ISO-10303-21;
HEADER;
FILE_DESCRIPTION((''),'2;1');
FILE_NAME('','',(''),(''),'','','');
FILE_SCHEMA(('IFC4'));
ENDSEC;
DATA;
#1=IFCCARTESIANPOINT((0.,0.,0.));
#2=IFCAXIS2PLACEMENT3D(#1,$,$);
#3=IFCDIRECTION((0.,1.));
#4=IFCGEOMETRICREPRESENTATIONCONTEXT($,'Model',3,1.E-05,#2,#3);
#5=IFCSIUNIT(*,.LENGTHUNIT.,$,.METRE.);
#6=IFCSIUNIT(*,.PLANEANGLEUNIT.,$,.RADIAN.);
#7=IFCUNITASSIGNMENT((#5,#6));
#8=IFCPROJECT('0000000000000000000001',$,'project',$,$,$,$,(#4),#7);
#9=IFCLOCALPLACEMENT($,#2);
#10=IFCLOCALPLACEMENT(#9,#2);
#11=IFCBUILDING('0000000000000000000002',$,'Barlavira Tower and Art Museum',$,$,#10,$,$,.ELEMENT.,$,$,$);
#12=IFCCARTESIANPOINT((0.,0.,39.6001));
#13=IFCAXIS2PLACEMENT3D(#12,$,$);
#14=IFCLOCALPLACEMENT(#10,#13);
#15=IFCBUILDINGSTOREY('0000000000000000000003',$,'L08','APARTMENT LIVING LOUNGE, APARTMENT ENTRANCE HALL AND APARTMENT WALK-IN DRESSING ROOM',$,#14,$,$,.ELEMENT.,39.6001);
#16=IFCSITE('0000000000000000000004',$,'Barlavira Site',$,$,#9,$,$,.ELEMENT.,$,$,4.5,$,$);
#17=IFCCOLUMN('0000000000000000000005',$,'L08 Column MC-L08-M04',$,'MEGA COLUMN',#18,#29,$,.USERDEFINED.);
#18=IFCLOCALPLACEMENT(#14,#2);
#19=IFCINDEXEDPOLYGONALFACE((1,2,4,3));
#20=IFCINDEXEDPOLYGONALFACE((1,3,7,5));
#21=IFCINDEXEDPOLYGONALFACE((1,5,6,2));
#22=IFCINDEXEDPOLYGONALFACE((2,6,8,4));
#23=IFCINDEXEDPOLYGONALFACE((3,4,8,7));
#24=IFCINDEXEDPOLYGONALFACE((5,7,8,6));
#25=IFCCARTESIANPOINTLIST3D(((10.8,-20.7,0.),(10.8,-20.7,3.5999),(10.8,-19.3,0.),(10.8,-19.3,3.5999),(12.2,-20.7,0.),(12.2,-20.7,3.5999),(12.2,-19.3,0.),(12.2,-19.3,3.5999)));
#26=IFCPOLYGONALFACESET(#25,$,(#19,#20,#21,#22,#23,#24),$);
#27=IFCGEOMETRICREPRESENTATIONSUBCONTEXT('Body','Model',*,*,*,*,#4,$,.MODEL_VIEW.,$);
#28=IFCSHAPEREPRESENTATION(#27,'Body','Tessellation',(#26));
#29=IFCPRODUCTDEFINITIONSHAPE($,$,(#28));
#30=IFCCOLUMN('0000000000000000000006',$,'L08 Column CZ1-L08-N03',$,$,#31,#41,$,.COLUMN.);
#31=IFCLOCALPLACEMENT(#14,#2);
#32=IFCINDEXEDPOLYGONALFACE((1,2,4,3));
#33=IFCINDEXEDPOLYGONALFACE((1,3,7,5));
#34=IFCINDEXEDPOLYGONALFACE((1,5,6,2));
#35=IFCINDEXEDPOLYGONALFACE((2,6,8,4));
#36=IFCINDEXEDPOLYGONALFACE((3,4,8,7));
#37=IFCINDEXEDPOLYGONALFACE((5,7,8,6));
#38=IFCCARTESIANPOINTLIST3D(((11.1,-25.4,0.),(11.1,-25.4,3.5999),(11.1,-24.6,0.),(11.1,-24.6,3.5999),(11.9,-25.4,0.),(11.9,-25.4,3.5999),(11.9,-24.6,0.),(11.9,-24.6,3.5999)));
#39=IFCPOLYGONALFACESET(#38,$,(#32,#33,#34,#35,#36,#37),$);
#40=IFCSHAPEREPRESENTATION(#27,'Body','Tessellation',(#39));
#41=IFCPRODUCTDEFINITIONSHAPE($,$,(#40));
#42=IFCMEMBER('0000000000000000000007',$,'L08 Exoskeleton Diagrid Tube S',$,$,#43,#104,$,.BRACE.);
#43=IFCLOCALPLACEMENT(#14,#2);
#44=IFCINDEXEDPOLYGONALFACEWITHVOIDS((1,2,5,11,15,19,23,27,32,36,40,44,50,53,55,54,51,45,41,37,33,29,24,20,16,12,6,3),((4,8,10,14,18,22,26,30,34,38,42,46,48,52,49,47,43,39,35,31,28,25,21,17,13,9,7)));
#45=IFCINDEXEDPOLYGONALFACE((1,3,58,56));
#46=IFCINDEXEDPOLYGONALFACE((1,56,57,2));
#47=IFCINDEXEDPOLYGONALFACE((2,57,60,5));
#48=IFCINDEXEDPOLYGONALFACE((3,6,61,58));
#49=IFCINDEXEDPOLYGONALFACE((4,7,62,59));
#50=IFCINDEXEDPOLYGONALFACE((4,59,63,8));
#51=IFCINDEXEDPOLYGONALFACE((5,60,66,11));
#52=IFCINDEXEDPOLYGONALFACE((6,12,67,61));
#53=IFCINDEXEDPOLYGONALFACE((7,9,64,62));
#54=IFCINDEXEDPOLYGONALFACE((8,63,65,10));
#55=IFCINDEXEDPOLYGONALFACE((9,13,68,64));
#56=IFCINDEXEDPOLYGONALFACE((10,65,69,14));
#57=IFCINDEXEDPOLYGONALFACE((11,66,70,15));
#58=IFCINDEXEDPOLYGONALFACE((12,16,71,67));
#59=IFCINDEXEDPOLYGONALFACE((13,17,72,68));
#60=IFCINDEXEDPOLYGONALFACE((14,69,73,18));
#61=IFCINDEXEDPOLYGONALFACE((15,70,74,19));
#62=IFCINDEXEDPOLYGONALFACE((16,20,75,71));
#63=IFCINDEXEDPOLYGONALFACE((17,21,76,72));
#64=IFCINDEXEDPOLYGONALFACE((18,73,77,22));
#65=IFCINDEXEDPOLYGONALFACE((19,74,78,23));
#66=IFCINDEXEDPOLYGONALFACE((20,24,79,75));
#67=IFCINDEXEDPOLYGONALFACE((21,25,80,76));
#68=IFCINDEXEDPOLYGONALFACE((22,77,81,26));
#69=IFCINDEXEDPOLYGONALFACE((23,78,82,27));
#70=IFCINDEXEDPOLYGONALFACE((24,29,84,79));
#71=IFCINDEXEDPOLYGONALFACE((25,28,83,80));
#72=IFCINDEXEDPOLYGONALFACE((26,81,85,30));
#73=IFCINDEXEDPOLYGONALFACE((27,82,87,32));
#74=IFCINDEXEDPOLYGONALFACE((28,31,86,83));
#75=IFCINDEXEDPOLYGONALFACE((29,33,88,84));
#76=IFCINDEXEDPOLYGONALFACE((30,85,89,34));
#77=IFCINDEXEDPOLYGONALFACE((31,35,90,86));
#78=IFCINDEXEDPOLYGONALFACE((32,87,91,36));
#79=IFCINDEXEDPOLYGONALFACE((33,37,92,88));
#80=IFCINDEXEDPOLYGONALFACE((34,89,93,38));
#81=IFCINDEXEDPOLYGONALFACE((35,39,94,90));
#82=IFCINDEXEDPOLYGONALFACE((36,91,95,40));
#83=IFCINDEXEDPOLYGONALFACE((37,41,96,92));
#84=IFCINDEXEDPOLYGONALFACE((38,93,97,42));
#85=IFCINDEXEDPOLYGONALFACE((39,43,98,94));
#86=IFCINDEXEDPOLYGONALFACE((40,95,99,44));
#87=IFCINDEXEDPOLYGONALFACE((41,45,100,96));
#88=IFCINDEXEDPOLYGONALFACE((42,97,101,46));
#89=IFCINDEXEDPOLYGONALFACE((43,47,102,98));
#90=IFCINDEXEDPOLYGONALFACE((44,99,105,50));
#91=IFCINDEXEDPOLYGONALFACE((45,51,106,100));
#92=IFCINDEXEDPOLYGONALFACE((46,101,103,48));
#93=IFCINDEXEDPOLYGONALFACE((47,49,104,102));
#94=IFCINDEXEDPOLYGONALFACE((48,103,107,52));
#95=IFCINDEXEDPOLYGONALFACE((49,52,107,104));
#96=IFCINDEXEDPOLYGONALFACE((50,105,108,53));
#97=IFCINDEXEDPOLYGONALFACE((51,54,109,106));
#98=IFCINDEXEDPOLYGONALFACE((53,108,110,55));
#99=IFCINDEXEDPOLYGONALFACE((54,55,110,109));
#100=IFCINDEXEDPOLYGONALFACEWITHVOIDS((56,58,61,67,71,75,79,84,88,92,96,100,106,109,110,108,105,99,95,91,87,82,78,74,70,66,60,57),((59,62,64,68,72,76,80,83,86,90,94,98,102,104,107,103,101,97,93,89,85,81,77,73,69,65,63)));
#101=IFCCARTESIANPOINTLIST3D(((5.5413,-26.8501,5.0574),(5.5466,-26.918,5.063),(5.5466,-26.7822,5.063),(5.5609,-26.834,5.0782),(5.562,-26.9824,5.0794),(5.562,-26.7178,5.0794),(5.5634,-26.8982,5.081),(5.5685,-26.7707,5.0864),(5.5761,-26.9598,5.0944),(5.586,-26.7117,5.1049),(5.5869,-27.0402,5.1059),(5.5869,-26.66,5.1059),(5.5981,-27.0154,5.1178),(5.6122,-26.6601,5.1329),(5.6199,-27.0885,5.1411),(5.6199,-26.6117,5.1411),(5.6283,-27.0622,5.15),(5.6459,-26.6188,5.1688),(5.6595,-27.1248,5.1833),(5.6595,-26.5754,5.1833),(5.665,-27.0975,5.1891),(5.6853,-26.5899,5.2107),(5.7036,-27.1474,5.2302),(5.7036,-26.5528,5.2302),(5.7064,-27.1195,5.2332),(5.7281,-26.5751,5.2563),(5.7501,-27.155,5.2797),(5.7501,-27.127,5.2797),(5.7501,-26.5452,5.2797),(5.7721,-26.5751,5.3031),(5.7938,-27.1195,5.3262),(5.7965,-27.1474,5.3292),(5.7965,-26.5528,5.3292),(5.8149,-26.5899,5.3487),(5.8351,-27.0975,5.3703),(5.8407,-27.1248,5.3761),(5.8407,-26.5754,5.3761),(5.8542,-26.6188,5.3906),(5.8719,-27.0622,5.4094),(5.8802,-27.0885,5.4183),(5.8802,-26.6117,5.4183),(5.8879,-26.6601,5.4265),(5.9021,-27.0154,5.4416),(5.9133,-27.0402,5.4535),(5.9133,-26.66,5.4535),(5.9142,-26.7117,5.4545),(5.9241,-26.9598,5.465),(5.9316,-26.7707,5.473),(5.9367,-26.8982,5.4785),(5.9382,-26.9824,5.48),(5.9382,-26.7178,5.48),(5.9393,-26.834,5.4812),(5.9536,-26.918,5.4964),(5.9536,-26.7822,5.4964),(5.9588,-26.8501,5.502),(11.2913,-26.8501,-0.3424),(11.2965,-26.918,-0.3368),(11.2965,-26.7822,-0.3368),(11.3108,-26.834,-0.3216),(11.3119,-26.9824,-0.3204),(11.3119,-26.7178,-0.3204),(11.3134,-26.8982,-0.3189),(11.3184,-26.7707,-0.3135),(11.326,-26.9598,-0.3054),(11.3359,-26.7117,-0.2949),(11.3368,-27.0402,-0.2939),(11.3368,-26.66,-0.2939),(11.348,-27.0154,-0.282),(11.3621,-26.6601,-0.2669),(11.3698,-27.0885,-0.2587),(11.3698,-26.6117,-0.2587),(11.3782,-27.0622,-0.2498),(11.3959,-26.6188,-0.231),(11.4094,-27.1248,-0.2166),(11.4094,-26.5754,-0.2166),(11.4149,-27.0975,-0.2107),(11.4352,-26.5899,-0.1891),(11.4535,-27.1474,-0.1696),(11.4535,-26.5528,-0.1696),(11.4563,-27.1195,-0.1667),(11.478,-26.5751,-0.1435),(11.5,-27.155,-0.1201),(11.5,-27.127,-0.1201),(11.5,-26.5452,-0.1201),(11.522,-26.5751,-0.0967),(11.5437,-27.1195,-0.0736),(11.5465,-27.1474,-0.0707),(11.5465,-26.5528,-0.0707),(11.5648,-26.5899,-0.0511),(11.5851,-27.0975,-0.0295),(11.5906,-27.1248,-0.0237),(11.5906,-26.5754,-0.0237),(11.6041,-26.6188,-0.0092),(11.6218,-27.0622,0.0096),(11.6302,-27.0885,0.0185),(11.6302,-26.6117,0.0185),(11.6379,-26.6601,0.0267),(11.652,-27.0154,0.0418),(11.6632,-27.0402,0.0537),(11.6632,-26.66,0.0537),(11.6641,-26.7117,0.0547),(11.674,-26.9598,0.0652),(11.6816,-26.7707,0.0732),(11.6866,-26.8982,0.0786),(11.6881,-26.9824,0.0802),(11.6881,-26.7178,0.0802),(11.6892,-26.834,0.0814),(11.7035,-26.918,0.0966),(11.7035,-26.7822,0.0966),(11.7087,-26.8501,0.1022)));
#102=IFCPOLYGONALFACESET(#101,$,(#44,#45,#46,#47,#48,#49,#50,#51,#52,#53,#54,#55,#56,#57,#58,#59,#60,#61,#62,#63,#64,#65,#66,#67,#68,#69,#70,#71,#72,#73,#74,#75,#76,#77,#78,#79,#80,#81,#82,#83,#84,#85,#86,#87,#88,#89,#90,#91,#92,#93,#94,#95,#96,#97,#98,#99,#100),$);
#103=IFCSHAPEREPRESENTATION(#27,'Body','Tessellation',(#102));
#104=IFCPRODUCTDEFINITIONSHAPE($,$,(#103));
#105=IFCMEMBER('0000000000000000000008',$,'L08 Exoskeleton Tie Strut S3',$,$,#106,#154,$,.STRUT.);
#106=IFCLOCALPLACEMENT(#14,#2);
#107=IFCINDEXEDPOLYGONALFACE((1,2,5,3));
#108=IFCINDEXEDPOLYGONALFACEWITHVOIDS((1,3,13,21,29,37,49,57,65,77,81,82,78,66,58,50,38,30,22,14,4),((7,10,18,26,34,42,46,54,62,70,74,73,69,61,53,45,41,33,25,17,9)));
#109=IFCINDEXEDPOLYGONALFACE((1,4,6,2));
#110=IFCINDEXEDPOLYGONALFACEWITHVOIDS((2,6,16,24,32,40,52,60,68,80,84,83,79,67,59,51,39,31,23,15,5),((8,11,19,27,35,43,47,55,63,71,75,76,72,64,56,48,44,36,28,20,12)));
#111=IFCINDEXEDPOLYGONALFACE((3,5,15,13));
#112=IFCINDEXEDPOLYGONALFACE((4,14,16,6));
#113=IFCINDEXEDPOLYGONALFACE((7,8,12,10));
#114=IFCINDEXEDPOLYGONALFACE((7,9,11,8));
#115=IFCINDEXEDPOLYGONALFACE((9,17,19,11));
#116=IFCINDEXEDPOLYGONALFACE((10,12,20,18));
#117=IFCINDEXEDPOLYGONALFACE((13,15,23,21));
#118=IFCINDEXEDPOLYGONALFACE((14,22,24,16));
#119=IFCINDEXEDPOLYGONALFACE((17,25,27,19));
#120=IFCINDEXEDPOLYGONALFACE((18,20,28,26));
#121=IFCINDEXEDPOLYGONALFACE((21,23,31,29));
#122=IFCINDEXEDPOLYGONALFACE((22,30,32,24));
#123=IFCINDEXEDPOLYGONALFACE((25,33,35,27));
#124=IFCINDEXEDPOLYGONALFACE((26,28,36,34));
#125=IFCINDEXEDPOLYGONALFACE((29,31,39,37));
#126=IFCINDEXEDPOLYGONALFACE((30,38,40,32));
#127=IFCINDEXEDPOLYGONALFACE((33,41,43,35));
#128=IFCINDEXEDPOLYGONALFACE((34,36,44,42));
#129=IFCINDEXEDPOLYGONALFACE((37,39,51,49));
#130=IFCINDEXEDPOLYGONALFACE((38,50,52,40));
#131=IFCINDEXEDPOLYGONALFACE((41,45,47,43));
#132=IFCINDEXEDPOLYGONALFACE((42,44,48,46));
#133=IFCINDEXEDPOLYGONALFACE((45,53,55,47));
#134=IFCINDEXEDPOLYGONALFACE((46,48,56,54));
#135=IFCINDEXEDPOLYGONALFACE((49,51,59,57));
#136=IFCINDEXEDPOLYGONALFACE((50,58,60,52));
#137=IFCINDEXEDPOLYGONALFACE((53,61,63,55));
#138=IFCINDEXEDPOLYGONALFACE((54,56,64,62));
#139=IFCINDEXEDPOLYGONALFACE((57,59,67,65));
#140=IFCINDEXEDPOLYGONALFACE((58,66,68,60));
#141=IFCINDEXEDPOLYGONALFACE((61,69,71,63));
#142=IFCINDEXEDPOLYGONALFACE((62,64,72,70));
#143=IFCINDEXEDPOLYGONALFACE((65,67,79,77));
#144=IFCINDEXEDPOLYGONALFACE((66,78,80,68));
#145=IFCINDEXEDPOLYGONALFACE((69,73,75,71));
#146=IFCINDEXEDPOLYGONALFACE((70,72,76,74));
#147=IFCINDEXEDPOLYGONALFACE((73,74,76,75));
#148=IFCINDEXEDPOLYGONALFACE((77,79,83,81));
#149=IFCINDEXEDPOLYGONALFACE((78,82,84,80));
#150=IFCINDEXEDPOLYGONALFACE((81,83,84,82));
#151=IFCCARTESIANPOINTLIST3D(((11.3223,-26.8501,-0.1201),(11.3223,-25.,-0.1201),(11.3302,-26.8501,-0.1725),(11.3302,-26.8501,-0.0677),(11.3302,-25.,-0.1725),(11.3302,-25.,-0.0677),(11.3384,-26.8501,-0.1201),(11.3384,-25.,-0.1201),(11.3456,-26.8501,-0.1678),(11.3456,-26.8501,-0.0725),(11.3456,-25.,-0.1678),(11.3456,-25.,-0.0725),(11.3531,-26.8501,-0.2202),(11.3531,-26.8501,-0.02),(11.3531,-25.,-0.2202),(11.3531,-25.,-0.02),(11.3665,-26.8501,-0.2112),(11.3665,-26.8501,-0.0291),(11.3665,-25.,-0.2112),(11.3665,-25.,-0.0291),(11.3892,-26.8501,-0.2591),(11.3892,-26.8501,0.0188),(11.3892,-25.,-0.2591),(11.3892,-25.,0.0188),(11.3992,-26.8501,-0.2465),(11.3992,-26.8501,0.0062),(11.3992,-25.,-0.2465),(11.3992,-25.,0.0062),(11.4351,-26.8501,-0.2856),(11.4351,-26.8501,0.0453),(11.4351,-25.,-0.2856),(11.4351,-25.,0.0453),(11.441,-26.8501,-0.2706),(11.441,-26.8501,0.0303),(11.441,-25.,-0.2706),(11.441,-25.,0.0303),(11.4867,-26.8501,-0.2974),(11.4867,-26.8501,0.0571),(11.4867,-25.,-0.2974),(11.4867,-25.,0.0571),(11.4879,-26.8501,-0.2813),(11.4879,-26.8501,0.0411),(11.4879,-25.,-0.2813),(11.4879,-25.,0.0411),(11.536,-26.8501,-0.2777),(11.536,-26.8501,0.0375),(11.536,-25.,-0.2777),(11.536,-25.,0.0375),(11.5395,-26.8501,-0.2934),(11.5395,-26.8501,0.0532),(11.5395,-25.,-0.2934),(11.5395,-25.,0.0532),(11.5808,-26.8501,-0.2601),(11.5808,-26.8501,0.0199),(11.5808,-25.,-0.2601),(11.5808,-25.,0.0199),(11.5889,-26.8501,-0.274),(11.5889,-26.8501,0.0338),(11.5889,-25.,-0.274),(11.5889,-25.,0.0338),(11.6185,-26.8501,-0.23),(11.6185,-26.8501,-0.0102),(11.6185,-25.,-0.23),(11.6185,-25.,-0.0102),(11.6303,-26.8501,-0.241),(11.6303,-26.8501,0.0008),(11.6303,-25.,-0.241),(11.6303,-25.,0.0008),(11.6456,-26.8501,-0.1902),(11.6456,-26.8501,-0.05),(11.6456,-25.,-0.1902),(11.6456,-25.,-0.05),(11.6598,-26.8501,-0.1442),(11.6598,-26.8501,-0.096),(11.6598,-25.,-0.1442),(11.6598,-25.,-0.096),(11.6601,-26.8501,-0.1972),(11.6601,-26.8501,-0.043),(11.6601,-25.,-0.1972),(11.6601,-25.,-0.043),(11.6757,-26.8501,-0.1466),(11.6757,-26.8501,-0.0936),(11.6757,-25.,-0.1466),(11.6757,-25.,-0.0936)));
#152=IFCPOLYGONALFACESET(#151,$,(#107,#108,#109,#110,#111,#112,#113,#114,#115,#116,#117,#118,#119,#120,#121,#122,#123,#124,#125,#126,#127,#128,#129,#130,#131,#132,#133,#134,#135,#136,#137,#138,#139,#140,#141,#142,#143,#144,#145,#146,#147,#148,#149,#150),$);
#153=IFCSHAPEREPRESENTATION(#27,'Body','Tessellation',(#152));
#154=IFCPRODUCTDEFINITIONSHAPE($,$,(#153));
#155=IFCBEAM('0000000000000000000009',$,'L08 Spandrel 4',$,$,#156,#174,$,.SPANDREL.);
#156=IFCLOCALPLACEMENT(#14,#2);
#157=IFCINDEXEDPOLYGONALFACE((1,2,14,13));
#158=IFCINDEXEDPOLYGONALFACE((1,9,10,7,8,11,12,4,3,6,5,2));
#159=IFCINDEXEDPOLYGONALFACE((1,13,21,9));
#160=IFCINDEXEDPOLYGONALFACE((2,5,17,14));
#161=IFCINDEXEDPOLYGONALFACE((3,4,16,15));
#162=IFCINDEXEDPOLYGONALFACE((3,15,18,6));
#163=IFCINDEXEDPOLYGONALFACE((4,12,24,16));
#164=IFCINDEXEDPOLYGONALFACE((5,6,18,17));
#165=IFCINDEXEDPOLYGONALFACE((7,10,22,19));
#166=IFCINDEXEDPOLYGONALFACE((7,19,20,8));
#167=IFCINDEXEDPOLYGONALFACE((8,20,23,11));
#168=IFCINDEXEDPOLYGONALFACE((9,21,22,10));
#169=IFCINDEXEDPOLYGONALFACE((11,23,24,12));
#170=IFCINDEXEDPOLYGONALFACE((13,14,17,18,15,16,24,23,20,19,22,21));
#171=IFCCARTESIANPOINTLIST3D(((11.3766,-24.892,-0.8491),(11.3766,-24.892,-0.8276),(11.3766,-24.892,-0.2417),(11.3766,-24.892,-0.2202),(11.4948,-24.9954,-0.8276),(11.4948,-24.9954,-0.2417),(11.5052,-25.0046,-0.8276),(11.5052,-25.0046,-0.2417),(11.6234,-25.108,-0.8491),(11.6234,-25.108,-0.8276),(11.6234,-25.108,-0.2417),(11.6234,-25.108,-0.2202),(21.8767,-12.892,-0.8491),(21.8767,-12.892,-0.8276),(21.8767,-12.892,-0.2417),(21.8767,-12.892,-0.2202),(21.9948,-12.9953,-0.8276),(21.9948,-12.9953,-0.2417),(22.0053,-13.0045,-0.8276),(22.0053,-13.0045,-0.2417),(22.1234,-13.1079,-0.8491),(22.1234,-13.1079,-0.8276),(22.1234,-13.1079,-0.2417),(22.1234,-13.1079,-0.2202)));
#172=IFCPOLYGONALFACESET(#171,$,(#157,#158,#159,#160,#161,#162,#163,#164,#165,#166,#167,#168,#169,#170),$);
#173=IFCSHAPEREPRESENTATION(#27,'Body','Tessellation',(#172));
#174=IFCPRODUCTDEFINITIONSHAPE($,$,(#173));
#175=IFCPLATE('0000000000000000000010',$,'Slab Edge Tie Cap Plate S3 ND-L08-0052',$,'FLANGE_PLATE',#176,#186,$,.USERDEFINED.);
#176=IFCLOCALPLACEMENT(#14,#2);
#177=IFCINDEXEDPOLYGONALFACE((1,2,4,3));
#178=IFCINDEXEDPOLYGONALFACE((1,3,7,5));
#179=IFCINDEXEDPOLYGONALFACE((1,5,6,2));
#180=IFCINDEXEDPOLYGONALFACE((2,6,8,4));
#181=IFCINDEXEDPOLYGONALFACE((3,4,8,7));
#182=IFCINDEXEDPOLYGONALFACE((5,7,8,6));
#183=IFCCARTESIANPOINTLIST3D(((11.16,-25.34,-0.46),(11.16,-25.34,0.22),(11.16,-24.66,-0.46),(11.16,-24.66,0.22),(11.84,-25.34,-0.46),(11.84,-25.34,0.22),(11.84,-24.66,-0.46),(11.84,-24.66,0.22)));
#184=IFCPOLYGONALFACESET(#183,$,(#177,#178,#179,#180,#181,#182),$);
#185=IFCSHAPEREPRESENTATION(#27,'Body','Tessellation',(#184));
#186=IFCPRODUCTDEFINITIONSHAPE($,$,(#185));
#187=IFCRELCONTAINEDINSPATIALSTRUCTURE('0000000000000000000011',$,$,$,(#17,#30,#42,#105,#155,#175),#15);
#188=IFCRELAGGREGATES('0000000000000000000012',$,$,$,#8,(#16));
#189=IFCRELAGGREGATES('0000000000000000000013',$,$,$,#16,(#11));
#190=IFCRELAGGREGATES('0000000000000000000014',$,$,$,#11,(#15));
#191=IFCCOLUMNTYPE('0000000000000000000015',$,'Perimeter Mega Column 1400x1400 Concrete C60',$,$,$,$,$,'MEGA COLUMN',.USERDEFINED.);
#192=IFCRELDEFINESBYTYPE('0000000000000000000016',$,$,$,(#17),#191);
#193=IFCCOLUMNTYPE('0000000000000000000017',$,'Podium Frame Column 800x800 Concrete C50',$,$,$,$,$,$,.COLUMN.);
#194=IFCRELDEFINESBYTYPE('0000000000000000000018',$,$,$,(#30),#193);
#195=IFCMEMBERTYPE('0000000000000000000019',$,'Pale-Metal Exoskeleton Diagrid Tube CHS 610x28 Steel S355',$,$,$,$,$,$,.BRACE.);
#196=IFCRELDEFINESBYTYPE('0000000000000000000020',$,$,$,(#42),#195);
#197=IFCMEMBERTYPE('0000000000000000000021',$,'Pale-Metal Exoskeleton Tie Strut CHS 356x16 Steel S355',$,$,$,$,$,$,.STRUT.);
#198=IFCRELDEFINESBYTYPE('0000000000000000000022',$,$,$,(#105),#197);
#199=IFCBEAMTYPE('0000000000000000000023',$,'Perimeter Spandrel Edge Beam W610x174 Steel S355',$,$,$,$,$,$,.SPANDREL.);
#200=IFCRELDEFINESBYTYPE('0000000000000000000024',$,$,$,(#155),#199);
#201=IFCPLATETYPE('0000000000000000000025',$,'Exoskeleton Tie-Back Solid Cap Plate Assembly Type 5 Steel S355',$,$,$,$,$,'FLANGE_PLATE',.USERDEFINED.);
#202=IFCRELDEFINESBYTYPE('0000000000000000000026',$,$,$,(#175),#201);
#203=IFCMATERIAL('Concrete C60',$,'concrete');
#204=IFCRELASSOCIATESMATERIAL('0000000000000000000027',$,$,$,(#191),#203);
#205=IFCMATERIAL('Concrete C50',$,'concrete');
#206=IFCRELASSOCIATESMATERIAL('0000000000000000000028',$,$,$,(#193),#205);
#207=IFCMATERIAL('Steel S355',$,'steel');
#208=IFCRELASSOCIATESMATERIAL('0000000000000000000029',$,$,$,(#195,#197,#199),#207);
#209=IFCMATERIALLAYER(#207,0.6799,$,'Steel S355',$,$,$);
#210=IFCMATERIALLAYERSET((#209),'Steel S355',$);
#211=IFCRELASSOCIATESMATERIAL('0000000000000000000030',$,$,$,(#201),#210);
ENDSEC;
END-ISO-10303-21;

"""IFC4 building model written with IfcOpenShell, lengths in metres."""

from ifc_helpers import new_model, si_unit, direction, frame, origin, origin_2d, place, context, subcontext, project, spatial, rectangle, hollow_circle, i_section, extrude, material, layer, layer_set, material_profile, profile_set, type_object, element, save


model = new_model("IFC4")

# Units and contexts
model_context = context("Model", 3, precision=1e-05, world=origin(), true_north=direction((0.0, 1.0)))
body_context = subcontext(model_context, "Body", "Model", "MODEL_VIEW")
ifc_project = project(units=[si_unit("LENGTHUNIT", "METRE"), si_unit("PLANEANGLEUNIT", "RADIAN")], contexts=[model_context])

# Site, building, storey
site_placement = place(None, origin())
site = spatial("IfcSite", under=ifc_project, at=site_placement, Name="Barlavira Site", CompositionType="ELEMENT", RefElevation=4.5)
building_placement = place(site_placement, origin())
building = spatial("IfcBuilding", under=site, at=building_placement, Name="Barlavira Tower and Art Museum", CompositionType="ELEMENT")
storey_placement = place(building_placement, frame((0.0, 0.0, 39.6001)))
storey = spatial("IfcBuildingStorey", under=building, at=storey_placement, Name="L08", Description="APARTMENT LIVING LOUNGE, APARTMENT ENTRANCE HALL AND APARTMENT WALK-IN DRESSING ROOM", CompositionType="ELEMENT", Elevation=39.6001)

# Columns
ifc_material_1 = material(Name="Concrete C60", Category="concrete")
ifc_material_profile_1 = material_profile(ifc_material_1, rectangle(XDim=1.3999, YDim=1.3999, at=origin_2d()), Name="RC-MCOL 1400x1400")
ifc_profile_set_1 = profile_set([ifc_material_profile_1], Name="Concrete C60")
column_type_1 = type_object("IfcColumnType", Name="Perimeter Mega Column 1400x1400 Concrete C60", ElementType="MEGA COLUMN", PredefinedType="USERDEFINED", material=ifc_profile_set_1)
column_1_placement = place(storey_placement, frame((11.5, -20.0, 0.0), z_axis=(0.0, 0.0, 1.0), x_axis=(1.0, 0.0, 0.0)))
element("IfcColumn", 1, at=column_1_placement, inside=storey, type_object=column_type_1, Name="L08 Column MC-L08-M04", ObjectType="MEGA COLUMN", PredefinedType="USERDEFINED", context=body_context, shape_type="SweptSolid", body=[
    extrude(rectangle(XDim=1.3999, YDim=1.3999, at=origin_2d()), origin(), (0.0, 0.0, 1.0), 3.5999),
])
ifc_material_2 = material(Name="Concrete C50", Category="concrete")
ifc_material_profile_2 = material_profile(ifc_material_2, rectangle(XDim=0.8, YDim=0.8, at=origin_2d()), Name="RC-COL 800x800")
ifc_profile_set_2 = profile_set([ifc_material_profile_2], Name="Concrete C50")
column_type_2 = type_object("IfcColumnType", Name="Podium Frame Column 800x800 Concrete C50", PredefinedType="COLUMN", material=ifc_profile_set_2)
column_2_placement = place(storey_placement, frame((11.5, -25.0, 0.0), z_axis=(0.0, 0.0, 1.0), x_axis=(1.0, 0.0, 0.0)))
element("IfcColumn", 2, at=column_2_placement, inside=storey, type_object=column_type_2, Name="L08 Column CZ1-L08-N03", PredefinedType="COLUMN", context=body_context, shape_type="SweptSolid", body=[
    extrude(rectangle(XDim=0.8, YDim=0.8, at=origin_2d()), origin(), (0.0, 0.0, 1.0), 3.5999),
])

# Members
ifc_material_3 = material(Name="Steel S355", Category="steel")
ifc_material_profile_3 = material_profile(ifc_material_3, hollow_circle(Radius=0.3049, WallThickness=0.0281, at=origin_2d()), Name="CHS 610.0x28.0")
ifc_profile_set_3 = profile_set([ifc_material_profile_3], Name="Steel S355")
member_type_1 = type_object("IfcMemberType", Name="Pale-Metal Exoskeleton Diagrid Tube CHS 610x28 Steel S355", PredefinedType="BRACE", material=ifc_profile_set_3)
member_1_placement = place(storey_placement, frame((11.5, -26.8501, -0.1201), z_axis=(-0.72895, 0.0, 0.684567), x_axis=(0.0, -1.0, 0.0)))
element("IfcMember", 3, at=member_1_placement, inside=storey, type_object=member_type_1, Name="L08 Exoskeleton Diagrid Tube S", PredefinedType="BRACE", context=body_context, shape_type="SweptSolid", body=[
    extrude(hollow_circle(Radius=0.3049, WallThickness=0.0281, at=origin_2d()), origin(), (0.0, 0.0, 1.0), 7.8879),
])
ifc_material_profile_4 = material_profile(ifc_material_3, hollow_circle(Radius=0.1777, WallThickness=0.0161, at=origin_2d()), Name="CHS 355.6x16.0")
ifc_profile_set_4 = profile_set([ifc_material_profile_4], Name="Steel S355")
member_type_2 = type_object("IfcMemberType", Name="Pale-Metal Exoskeleton Tie Strut CHS 356x16 Steel S355", PredefinedType="STRUT", material=ifc_profile_set_4)
member_2_placement = place(storey_placement, frame((11.5, -26.8501, -0.1201), z_axis=(0.0, 1.0, 0.0), x_axis=(-1.0, 0.0, 0.0)))
element("IfcMember", 4, at=member_2_placement, inside=storey, type_object=member_type_2, Name="L08 Exoskeleton Tie Strut S3", PredefinedType="STRUT", context=body_context, shape_type="SweptSolid", body=[
    extrude(hollow_circle(Radius=0.1777, WallThickness=0.0161, at=origin_2d()), origin(), (0.0, 0.0, 1.0), 1.8501),
])

# Beam
ifc_material_profile_5 = material_profile(ifc_material_3, i_section(OverallWidth=0.3279, OverallDepth=0.6289, WebThickness=0.0139, FlangeThickness=0.0215, at=origin_2d()), Name="W610x174.0")
ifc_profile_set_5 = profile_set([ifc_material_profile_5], Name="Steel S355")
beam_type = type_object("IfcBeamType", Name="Perimeter Spandrel Edge Beam W610x174 Steel S355", PredefinedType="SPANDREL", material=ifc_profile_set_5)
beam_placement = place(storey_placement, frame((11.5, -25.0, -0.5347), z_axis=(0.658505, 0.752577, 0.0), x_axis=(-0.752577, 0.658505, 0.0)))
element("IfcBeam", 5, at=beam_placement, inside=storey, type_object=beam_type, Name="L08 Spandrel 4", PredefinedType="SPANDREL", context=body_context, shape_type="SweptSolid", body=[
    extrude(i_section(OverallWidth=0.3279, OverallDepth=0.6289, WebThickness=0.0139, FlangeThickness=0.0215, at=origin_2d()), origin(), (0.0, 0.0, 1.0), 15.9453),
])

# Plate
ifc_layer_1 = layer(ifc_material_3, 0.6799, Name="Steel S355")
ifc_layer_set_1 = layer_set([ifc_layer_1], Name="Steel S355")
plate_type = type_object("IfcPlateType", Name="Exoskeleton Tie-Back Solid Cap Plate Assembly Type 5 Steel S355", ElementType="FLANGE_PLATE", PredefinedType="USERDEFINED", material=ifc_layer_set_1)
plate_placement = place(storey_placement, frame((11.5, -25.0, -0.46), z_axis=(0.0, 0.0, 1.0), x_axis=(1.0, 0.0, 0.0)))
element("IfcPlate", 6, at=plate_placement, inside=storey, type_object=plate_type, Name="Slab Edge Tie Cap Plate S3 ND-L08-0052", ObjectType="FLANGE_PLATE", PredefinedType="USERDEFINED", context=body_context, shape_type="SweptSolid", body=[
    extrude(rectangle(XDim=0.6799, YDim=0.6799, at=origin_2d()), origin(), (0.0, 0.0, 1.0), 0.6799),
])

save(model, "model.ifc")
